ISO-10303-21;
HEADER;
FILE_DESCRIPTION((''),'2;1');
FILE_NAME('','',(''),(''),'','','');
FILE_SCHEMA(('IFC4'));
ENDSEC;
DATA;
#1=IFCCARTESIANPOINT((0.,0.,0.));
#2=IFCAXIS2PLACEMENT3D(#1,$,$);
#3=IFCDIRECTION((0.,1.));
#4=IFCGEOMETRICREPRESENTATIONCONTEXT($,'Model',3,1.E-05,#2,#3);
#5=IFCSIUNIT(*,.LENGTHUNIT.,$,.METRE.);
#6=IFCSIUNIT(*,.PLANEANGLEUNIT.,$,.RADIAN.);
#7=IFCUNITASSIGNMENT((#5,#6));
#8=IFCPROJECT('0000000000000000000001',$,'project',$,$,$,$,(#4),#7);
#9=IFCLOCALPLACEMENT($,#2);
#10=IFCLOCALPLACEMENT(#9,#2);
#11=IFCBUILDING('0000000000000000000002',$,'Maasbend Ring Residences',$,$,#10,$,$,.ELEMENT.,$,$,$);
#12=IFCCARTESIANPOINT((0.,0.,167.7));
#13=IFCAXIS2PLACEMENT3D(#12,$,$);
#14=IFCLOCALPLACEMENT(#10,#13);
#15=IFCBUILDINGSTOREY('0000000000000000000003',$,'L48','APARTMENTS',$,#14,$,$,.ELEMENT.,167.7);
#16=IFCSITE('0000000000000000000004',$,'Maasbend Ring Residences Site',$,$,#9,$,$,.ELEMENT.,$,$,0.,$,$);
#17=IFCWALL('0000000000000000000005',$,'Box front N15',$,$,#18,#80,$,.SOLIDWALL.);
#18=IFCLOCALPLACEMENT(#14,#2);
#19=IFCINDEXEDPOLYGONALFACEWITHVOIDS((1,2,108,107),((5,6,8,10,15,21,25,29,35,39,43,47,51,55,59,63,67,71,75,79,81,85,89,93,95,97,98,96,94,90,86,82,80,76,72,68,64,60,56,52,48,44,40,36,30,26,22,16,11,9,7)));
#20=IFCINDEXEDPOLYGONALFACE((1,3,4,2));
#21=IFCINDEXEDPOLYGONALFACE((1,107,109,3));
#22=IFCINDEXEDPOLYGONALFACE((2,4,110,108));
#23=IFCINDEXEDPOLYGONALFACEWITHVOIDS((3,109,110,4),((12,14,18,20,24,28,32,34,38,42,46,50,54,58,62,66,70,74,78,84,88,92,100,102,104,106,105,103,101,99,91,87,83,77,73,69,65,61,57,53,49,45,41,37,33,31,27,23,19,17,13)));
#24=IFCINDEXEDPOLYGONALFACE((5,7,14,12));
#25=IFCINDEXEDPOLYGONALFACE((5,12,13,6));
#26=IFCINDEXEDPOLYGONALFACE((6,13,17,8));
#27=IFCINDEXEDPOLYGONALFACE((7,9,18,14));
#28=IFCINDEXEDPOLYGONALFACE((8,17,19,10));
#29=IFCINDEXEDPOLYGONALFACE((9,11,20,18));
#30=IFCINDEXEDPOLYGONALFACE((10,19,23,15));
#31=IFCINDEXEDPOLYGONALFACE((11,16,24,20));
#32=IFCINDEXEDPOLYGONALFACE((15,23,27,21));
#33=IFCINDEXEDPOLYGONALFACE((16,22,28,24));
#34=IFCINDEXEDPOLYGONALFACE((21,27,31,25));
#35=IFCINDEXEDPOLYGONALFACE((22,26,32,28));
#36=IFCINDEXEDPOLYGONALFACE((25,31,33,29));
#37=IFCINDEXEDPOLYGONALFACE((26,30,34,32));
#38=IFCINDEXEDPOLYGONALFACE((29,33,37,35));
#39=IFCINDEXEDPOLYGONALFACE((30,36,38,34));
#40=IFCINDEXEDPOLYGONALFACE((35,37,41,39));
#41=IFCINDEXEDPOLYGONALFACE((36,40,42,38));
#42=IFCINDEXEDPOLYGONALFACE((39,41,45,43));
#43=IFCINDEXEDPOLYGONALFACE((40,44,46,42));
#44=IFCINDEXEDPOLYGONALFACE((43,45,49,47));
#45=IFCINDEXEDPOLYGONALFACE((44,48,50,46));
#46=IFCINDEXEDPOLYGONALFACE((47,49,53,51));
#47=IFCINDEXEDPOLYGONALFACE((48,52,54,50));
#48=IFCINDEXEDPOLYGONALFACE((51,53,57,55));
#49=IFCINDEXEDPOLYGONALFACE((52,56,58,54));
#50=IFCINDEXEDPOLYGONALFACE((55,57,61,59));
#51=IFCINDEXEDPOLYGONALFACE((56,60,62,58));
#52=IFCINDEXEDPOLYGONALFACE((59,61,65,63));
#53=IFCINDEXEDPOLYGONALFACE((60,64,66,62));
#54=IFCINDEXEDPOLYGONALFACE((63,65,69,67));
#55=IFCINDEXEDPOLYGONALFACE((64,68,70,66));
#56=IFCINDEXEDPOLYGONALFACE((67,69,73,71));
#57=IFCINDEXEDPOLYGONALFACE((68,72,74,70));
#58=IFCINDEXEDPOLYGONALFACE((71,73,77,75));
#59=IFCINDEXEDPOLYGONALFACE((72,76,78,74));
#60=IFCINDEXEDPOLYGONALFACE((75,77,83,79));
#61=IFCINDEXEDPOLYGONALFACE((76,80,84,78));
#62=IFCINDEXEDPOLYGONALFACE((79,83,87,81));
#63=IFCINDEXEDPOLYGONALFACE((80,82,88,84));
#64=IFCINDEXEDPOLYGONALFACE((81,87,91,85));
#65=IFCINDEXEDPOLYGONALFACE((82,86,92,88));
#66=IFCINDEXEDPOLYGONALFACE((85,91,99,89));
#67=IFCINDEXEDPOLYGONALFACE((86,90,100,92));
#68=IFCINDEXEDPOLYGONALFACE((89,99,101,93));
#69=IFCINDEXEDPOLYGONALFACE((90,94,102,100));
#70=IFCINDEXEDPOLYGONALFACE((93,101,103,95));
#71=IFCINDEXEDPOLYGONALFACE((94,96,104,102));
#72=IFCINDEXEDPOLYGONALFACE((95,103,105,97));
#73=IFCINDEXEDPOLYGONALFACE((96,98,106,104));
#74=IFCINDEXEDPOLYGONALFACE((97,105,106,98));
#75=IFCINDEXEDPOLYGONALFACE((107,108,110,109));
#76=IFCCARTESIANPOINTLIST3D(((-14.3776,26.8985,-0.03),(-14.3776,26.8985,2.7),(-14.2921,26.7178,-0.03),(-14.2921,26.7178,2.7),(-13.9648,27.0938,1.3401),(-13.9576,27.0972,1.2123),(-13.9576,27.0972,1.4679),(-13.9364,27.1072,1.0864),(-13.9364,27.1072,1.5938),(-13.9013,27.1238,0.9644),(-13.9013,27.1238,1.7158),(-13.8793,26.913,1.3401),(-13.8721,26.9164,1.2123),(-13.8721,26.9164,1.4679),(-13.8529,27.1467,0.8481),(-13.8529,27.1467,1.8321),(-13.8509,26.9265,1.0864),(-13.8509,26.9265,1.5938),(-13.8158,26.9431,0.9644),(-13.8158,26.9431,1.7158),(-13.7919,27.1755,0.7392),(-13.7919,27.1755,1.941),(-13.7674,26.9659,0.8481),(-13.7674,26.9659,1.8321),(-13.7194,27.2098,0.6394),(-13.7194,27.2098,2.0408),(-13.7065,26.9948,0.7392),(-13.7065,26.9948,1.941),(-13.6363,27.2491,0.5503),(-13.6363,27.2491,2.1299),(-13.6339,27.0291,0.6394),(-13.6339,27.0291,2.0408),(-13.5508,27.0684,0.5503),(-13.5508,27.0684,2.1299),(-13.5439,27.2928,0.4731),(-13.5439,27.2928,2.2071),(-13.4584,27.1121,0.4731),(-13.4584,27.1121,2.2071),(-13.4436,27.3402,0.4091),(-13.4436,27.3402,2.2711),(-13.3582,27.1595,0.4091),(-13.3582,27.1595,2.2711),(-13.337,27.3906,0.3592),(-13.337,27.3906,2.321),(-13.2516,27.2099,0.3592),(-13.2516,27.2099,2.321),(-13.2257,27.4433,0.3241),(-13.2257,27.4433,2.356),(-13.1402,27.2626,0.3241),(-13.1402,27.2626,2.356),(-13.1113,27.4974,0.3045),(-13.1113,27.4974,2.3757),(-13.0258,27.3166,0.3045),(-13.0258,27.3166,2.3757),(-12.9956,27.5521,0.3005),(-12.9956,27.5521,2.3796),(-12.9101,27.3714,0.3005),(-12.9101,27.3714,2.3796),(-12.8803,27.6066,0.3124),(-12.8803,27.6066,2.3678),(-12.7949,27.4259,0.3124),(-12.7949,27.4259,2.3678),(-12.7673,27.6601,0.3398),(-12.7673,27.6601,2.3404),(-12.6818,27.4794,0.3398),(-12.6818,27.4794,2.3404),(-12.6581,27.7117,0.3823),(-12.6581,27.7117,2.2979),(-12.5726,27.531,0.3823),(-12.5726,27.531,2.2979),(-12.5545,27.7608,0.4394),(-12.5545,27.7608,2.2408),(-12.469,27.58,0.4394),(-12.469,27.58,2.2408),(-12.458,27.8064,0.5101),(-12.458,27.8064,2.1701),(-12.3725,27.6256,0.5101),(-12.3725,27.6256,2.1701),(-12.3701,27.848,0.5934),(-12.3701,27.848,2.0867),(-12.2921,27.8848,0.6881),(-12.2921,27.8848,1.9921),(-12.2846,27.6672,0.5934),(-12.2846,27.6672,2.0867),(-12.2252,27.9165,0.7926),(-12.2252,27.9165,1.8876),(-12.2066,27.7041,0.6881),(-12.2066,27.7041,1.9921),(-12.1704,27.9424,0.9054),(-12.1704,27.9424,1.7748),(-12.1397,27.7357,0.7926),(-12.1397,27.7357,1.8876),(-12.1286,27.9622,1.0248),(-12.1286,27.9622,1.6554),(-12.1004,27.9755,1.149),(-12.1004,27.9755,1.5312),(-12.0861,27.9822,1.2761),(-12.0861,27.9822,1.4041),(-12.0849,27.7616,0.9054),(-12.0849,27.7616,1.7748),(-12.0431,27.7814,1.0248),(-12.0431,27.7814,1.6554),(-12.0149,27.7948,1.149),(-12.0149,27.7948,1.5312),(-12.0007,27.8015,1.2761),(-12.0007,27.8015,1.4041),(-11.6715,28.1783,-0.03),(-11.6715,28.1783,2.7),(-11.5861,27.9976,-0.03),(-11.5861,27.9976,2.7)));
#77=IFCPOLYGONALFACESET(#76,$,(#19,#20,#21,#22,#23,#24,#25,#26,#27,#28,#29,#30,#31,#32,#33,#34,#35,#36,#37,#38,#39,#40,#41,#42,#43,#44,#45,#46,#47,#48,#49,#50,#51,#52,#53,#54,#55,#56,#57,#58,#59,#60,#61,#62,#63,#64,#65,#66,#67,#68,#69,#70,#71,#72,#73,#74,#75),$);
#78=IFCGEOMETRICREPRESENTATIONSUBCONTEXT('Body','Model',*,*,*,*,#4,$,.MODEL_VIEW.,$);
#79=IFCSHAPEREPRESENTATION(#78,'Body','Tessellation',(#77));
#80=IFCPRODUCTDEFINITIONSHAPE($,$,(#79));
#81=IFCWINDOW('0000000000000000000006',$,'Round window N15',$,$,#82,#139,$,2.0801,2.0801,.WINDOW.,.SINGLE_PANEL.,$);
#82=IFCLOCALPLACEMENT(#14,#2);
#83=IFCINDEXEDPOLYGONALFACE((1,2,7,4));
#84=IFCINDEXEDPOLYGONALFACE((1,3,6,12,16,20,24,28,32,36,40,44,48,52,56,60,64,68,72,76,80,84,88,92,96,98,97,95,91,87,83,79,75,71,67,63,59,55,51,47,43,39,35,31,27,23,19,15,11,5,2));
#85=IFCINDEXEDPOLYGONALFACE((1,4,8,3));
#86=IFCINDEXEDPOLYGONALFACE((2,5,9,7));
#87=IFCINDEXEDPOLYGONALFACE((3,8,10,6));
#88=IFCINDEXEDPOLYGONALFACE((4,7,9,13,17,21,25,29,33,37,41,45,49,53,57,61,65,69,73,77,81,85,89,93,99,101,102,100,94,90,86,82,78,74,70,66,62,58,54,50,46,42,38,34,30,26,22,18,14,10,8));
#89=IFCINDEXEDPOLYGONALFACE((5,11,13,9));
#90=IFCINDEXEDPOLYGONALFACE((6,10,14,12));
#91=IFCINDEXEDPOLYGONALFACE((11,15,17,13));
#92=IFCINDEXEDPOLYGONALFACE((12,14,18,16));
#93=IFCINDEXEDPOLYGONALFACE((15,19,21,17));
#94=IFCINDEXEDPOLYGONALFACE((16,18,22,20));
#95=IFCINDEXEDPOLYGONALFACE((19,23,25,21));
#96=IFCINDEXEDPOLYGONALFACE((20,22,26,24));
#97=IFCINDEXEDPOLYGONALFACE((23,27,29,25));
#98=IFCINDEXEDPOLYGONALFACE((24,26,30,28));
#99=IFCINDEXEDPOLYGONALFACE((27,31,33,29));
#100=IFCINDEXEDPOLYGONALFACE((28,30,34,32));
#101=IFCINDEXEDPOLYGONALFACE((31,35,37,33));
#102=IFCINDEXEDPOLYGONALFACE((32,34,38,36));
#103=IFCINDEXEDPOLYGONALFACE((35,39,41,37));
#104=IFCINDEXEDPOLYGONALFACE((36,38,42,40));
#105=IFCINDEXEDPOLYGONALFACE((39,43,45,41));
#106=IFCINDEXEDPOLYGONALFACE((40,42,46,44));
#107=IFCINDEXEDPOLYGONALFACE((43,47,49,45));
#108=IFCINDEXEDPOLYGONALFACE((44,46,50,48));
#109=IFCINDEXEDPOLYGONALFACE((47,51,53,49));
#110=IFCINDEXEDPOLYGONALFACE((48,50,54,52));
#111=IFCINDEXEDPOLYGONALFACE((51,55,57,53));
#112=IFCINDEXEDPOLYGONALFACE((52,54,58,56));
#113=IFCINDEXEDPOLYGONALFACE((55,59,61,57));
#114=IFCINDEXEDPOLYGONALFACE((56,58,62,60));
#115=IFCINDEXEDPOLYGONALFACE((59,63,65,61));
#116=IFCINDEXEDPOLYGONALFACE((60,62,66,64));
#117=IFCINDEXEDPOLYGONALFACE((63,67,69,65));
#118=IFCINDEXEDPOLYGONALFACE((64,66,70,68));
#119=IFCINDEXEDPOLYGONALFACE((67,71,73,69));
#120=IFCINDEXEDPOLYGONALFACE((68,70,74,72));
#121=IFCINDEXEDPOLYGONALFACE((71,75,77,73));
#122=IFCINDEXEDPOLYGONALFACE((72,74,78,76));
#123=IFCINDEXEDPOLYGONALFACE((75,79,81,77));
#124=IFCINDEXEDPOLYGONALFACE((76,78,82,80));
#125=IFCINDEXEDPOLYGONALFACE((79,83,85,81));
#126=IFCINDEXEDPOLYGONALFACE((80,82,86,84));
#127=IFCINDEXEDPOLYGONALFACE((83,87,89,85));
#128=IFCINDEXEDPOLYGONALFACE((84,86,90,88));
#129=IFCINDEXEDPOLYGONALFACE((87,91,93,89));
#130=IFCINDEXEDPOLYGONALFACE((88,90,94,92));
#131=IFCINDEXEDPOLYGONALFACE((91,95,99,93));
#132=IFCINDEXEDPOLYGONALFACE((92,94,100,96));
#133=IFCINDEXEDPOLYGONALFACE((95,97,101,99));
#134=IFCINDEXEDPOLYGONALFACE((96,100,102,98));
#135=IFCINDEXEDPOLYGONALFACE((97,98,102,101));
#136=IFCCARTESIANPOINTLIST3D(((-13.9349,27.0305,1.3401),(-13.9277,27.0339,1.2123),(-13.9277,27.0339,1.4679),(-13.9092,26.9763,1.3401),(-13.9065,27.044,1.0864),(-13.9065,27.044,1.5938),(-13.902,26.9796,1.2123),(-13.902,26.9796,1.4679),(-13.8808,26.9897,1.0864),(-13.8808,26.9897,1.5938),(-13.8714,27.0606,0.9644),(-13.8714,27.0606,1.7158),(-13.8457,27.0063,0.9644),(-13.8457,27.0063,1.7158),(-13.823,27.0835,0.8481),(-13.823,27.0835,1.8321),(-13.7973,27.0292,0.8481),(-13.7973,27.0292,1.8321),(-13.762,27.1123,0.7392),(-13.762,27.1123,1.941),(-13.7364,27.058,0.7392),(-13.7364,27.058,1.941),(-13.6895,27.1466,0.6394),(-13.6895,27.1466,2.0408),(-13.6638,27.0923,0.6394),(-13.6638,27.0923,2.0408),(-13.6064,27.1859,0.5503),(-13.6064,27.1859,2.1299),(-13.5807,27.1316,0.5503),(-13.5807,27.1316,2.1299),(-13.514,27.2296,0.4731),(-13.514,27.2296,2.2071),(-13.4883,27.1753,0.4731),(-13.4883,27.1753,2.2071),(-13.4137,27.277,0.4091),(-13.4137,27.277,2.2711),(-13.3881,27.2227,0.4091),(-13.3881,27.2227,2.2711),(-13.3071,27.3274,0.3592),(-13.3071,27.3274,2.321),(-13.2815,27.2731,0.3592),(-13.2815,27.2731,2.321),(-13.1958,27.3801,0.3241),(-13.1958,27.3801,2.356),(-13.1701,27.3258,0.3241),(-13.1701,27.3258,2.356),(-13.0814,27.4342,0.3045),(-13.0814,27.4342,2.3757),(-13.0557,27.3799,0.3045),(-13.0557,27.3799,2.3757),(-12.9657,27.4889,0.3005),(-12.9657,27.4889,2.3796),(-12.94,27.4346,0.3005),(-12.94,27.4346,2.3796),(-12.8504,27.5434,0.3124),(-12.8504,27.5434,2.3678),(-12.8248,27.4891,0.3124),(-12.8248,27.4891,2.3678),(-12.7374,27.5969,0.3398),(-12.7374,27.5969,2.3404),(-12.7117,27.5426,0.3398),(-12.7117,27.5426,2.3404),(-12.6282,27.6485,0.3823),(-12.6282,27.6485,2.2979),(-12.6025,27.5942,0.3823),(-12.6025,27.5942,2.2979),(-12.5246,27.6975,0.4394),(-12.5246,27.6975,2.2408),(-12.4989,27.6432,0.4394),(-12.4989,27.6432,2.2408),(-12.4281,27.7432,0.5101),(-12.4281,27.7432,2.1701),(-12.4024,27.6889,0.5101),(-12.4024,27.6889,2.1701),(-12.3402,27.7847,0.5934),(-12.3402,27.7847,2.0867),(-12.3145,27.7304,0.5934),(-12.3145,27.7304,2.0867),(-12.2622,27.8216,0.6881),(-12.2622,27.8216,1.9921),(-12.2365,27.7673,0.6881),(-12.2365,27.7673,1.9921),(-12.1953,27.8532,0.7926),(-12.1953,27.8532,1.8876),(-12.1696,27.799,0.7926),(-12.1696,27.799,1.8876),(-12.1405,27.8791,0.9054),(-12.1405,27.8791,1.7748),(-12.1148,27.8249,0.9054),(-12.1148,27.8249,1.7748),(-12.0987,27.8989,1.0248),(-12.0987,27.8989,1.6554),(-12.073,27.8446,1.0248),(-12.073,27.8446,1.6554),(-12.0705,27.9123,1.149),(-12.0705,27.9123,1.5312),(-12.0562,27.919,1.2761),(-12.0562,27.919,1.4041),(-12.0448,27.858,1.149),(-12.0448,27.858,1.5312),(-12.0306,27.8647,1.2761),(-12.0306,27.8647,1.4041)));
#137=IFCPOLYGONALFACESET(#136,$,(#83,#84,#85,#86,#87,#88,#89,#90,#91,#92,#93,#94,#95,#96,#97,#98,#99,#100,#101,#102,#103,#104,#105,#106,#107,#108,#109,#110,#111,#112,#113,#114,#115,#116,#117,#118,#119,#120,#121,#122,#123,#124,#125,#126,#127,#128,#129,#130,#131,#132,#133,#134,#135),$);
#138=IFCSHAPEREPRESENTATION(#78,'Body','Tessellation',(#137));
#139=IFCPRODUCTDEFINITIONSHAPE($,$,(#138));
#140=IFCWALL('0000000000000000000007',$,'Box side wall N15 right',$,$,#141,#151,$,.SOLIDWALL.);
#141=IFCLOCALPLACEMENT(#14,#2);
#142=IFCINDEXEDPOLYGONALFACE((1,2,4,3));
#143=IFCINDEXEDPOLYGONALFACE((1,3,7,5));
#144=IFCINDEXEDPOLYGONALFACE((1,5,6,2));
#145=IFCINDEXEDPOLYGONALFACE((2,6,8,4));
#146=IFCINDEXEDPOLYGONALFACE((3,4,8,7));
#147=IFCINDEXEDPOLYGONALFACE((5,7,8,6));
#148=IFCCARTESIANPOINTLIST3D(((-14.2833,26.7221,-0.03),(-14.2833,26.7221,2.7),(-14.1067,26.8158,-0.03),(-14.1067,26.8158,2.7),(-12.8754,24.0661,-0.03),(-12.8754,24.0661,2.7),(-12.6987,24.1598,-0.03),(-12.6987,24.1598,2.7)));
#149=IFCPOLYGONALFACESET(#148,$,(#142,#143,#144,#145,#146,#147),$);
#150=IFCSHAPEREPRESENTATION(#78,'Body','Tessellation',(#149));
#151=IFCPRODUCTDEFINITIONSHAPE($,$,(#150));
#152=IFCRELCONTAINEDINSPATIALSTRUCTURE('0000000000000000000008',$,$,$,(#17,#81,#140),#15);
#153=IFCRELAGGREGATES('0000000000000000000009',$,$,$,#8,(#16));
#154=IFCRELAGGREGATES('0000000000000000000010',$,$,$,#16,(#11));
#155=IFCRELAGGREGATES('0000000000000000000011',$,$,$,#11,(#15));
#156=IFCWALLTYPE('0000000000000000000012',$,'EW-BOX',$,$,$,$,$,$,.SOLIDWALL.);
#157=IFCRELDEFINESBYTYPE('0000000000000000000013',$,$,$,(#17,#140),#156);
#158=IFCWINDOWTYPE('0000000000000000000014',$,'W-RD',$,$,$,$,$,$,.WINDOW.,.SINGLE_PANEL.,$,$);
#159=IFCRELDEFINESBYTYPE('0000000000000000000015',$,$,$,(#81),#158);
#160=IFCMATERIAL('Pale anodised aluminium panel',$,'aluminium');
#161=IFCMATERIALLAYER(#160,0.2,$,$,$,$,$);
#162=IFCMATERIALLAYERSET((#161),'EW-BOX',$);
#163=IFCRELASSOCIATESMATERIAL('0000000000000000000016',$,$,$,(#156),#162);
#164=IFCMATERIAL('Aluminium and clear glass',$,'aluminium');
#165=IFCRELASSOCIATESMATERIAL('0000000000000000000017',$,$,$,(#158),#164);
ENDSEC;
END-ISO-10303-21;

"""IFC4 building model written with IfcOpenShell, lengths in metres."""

from ifc_helpers import new_model, si_unit, direction, frame, frame_2d, origin, place, context, subcontext, project, spatial, rectangle, circle, extrude, material, layer, layer_set, type_object, element, fill, save


model = new_model("IFC4")

# Units and contexts
model_context = context("Model", 3, precision=1e-05, world=origin(), true_north=direction((0.0, 1.0)))
body_context = subcontext(model_context, "Body", "Model", "MODEL_VIEW")
ifc_project = project(units=[si_unit("LENGTHUNIT", "METRE"), si_unit("PLANEANGLEUNIT", "RADIAN")], contexts=[model_context])

# Site, building, storey
site_placement = place(None, origin())
site = spatial("IfcSite", under=ifc_project, at=site_placement, Name="Maasbend Ring Residences Site", CompositionType="ELEMENT", RefElevation=0.0)
building_placement = place(site_placement, origin())
building = spatial("IfcBuilding", under=site, at=building_placement, Name="Maasbend Ring Residences", CompositionType="ELEMENT")
storey_placement = place(building_placement, frame((0.0, 0.0, 167.7)))
storey = spatial("IfcBuildingStorey", under=building, at=storey_placement, Name="L48", Description="APARTMENTS", CompositionType="ELEMENT", Elevation=167.7)

# Wall, opening, window
ifc_material_1 = material(Name="Pale anodised aluminium panel", Category="aluminium")
ifc_layer_1 = layer(ifc_material_1, 0.2)
ifc_layer_set_1 = layer_set([ifc_layer_1], Name="EW-BOX")
wall_type_1 = type_object("IfcWallType", Name="EW-BOX", PredefinedType="SOLIDWALL", material=ifc_layer_set_1)
wall_1_placement = place(storey_placement, frame((-11.6289, 28.0879, -0.03), z_axis=(0.0, 0.0, 1.0), x_axis=(-0.904, -0.427532, 0.0)))
wall_1 = element("IfcWall", 1, at=wall_1_placement, inside=storey, type_object=wall_type_1, Name="Box front N15", PredefinedType="SOLIDWALL", context=body_context, shape_type="SweptSolid", body=[
    extrude(rectangle(XDim=2.9934, YDim=0.2, at=frame_2d((1.4966, 0.0))), origin(), (0.0, 0.0, 1.0), 2.73),
])
opening_1_placement = place(wall_1_placement, frame((0.4565, 0.0, 0.3301)))
opening_1 = element("IfcOpeningElement", 2, at=opening_1_placement, cuts=wall_1, PredefinedType="OPENING", context=body_context, shape_type="SweptSolid", body=[
    extrude(circle(Radius=1.04, at=frame_2d((1.04, 1.04))), frame((0.0, 0.1099, 0.0), z_axis=(0.0, -1.0, 0.0), x_axis=(1.0, 0.0, 0.0)), (0.0, 0.0, 1.0), 0.22),
])
ifc_material_2 = material(Name="Aluminium and clear glass", Category="aluminium")
window_type_1 = type_object("IfcWindowType", Name="W-RD", PartitioningType="SINGLE_PANEL", PredefinedType="WINDOW", material=ifc_material_2)
window_1_placement = place(opening_1_placement, origin())
window_1 = element("IfcWindow", 3, at=window_1_placement, inside=storey, type_object=window_type_1, Name="Round window N15", OverallHeight=2.0801, OverallWidth=2.0801, PartitioningType="SINGLE_PANEL", PredefinedType="WINDOW", context=body_context, shape_type="SweptSolid", body=[
    extrude(circle(Radius=1.04, at=frame_2d((1.04, 1.04))), frame((0.0, 0.03, 0.0), z_axis=(0.0, -1.0, 0.0), x_axis=(1.0, 0.0, 0.0)), (0.0, 0.0, 1.0), 0.0601),
])
fill(opening_1, window_1)

# Wall
wall_2_placement = place(storey_placement, frame((-12.7871, 24.113, -0.03), z_axis=(0.0, 0.0, 1.0), x_axis=(-0.468365, 0.883535, 0.0)))
element("IfcWall", 4, at=wall_2_placement, inside=storey, type_object=wall_type_1, Name="Box side wall N15 right", PredefinedType="SOLIDWALL", context=body_context, shape_type="SweptSolid", body=[
    extrude(rectangle(XDim=3.0061, YDim=0.2, at=frame_2d((1.5029, 0.0))), origin(), (0.0, 0.0, 1.0), 2.73),
])

save(model, "model.ifc")
